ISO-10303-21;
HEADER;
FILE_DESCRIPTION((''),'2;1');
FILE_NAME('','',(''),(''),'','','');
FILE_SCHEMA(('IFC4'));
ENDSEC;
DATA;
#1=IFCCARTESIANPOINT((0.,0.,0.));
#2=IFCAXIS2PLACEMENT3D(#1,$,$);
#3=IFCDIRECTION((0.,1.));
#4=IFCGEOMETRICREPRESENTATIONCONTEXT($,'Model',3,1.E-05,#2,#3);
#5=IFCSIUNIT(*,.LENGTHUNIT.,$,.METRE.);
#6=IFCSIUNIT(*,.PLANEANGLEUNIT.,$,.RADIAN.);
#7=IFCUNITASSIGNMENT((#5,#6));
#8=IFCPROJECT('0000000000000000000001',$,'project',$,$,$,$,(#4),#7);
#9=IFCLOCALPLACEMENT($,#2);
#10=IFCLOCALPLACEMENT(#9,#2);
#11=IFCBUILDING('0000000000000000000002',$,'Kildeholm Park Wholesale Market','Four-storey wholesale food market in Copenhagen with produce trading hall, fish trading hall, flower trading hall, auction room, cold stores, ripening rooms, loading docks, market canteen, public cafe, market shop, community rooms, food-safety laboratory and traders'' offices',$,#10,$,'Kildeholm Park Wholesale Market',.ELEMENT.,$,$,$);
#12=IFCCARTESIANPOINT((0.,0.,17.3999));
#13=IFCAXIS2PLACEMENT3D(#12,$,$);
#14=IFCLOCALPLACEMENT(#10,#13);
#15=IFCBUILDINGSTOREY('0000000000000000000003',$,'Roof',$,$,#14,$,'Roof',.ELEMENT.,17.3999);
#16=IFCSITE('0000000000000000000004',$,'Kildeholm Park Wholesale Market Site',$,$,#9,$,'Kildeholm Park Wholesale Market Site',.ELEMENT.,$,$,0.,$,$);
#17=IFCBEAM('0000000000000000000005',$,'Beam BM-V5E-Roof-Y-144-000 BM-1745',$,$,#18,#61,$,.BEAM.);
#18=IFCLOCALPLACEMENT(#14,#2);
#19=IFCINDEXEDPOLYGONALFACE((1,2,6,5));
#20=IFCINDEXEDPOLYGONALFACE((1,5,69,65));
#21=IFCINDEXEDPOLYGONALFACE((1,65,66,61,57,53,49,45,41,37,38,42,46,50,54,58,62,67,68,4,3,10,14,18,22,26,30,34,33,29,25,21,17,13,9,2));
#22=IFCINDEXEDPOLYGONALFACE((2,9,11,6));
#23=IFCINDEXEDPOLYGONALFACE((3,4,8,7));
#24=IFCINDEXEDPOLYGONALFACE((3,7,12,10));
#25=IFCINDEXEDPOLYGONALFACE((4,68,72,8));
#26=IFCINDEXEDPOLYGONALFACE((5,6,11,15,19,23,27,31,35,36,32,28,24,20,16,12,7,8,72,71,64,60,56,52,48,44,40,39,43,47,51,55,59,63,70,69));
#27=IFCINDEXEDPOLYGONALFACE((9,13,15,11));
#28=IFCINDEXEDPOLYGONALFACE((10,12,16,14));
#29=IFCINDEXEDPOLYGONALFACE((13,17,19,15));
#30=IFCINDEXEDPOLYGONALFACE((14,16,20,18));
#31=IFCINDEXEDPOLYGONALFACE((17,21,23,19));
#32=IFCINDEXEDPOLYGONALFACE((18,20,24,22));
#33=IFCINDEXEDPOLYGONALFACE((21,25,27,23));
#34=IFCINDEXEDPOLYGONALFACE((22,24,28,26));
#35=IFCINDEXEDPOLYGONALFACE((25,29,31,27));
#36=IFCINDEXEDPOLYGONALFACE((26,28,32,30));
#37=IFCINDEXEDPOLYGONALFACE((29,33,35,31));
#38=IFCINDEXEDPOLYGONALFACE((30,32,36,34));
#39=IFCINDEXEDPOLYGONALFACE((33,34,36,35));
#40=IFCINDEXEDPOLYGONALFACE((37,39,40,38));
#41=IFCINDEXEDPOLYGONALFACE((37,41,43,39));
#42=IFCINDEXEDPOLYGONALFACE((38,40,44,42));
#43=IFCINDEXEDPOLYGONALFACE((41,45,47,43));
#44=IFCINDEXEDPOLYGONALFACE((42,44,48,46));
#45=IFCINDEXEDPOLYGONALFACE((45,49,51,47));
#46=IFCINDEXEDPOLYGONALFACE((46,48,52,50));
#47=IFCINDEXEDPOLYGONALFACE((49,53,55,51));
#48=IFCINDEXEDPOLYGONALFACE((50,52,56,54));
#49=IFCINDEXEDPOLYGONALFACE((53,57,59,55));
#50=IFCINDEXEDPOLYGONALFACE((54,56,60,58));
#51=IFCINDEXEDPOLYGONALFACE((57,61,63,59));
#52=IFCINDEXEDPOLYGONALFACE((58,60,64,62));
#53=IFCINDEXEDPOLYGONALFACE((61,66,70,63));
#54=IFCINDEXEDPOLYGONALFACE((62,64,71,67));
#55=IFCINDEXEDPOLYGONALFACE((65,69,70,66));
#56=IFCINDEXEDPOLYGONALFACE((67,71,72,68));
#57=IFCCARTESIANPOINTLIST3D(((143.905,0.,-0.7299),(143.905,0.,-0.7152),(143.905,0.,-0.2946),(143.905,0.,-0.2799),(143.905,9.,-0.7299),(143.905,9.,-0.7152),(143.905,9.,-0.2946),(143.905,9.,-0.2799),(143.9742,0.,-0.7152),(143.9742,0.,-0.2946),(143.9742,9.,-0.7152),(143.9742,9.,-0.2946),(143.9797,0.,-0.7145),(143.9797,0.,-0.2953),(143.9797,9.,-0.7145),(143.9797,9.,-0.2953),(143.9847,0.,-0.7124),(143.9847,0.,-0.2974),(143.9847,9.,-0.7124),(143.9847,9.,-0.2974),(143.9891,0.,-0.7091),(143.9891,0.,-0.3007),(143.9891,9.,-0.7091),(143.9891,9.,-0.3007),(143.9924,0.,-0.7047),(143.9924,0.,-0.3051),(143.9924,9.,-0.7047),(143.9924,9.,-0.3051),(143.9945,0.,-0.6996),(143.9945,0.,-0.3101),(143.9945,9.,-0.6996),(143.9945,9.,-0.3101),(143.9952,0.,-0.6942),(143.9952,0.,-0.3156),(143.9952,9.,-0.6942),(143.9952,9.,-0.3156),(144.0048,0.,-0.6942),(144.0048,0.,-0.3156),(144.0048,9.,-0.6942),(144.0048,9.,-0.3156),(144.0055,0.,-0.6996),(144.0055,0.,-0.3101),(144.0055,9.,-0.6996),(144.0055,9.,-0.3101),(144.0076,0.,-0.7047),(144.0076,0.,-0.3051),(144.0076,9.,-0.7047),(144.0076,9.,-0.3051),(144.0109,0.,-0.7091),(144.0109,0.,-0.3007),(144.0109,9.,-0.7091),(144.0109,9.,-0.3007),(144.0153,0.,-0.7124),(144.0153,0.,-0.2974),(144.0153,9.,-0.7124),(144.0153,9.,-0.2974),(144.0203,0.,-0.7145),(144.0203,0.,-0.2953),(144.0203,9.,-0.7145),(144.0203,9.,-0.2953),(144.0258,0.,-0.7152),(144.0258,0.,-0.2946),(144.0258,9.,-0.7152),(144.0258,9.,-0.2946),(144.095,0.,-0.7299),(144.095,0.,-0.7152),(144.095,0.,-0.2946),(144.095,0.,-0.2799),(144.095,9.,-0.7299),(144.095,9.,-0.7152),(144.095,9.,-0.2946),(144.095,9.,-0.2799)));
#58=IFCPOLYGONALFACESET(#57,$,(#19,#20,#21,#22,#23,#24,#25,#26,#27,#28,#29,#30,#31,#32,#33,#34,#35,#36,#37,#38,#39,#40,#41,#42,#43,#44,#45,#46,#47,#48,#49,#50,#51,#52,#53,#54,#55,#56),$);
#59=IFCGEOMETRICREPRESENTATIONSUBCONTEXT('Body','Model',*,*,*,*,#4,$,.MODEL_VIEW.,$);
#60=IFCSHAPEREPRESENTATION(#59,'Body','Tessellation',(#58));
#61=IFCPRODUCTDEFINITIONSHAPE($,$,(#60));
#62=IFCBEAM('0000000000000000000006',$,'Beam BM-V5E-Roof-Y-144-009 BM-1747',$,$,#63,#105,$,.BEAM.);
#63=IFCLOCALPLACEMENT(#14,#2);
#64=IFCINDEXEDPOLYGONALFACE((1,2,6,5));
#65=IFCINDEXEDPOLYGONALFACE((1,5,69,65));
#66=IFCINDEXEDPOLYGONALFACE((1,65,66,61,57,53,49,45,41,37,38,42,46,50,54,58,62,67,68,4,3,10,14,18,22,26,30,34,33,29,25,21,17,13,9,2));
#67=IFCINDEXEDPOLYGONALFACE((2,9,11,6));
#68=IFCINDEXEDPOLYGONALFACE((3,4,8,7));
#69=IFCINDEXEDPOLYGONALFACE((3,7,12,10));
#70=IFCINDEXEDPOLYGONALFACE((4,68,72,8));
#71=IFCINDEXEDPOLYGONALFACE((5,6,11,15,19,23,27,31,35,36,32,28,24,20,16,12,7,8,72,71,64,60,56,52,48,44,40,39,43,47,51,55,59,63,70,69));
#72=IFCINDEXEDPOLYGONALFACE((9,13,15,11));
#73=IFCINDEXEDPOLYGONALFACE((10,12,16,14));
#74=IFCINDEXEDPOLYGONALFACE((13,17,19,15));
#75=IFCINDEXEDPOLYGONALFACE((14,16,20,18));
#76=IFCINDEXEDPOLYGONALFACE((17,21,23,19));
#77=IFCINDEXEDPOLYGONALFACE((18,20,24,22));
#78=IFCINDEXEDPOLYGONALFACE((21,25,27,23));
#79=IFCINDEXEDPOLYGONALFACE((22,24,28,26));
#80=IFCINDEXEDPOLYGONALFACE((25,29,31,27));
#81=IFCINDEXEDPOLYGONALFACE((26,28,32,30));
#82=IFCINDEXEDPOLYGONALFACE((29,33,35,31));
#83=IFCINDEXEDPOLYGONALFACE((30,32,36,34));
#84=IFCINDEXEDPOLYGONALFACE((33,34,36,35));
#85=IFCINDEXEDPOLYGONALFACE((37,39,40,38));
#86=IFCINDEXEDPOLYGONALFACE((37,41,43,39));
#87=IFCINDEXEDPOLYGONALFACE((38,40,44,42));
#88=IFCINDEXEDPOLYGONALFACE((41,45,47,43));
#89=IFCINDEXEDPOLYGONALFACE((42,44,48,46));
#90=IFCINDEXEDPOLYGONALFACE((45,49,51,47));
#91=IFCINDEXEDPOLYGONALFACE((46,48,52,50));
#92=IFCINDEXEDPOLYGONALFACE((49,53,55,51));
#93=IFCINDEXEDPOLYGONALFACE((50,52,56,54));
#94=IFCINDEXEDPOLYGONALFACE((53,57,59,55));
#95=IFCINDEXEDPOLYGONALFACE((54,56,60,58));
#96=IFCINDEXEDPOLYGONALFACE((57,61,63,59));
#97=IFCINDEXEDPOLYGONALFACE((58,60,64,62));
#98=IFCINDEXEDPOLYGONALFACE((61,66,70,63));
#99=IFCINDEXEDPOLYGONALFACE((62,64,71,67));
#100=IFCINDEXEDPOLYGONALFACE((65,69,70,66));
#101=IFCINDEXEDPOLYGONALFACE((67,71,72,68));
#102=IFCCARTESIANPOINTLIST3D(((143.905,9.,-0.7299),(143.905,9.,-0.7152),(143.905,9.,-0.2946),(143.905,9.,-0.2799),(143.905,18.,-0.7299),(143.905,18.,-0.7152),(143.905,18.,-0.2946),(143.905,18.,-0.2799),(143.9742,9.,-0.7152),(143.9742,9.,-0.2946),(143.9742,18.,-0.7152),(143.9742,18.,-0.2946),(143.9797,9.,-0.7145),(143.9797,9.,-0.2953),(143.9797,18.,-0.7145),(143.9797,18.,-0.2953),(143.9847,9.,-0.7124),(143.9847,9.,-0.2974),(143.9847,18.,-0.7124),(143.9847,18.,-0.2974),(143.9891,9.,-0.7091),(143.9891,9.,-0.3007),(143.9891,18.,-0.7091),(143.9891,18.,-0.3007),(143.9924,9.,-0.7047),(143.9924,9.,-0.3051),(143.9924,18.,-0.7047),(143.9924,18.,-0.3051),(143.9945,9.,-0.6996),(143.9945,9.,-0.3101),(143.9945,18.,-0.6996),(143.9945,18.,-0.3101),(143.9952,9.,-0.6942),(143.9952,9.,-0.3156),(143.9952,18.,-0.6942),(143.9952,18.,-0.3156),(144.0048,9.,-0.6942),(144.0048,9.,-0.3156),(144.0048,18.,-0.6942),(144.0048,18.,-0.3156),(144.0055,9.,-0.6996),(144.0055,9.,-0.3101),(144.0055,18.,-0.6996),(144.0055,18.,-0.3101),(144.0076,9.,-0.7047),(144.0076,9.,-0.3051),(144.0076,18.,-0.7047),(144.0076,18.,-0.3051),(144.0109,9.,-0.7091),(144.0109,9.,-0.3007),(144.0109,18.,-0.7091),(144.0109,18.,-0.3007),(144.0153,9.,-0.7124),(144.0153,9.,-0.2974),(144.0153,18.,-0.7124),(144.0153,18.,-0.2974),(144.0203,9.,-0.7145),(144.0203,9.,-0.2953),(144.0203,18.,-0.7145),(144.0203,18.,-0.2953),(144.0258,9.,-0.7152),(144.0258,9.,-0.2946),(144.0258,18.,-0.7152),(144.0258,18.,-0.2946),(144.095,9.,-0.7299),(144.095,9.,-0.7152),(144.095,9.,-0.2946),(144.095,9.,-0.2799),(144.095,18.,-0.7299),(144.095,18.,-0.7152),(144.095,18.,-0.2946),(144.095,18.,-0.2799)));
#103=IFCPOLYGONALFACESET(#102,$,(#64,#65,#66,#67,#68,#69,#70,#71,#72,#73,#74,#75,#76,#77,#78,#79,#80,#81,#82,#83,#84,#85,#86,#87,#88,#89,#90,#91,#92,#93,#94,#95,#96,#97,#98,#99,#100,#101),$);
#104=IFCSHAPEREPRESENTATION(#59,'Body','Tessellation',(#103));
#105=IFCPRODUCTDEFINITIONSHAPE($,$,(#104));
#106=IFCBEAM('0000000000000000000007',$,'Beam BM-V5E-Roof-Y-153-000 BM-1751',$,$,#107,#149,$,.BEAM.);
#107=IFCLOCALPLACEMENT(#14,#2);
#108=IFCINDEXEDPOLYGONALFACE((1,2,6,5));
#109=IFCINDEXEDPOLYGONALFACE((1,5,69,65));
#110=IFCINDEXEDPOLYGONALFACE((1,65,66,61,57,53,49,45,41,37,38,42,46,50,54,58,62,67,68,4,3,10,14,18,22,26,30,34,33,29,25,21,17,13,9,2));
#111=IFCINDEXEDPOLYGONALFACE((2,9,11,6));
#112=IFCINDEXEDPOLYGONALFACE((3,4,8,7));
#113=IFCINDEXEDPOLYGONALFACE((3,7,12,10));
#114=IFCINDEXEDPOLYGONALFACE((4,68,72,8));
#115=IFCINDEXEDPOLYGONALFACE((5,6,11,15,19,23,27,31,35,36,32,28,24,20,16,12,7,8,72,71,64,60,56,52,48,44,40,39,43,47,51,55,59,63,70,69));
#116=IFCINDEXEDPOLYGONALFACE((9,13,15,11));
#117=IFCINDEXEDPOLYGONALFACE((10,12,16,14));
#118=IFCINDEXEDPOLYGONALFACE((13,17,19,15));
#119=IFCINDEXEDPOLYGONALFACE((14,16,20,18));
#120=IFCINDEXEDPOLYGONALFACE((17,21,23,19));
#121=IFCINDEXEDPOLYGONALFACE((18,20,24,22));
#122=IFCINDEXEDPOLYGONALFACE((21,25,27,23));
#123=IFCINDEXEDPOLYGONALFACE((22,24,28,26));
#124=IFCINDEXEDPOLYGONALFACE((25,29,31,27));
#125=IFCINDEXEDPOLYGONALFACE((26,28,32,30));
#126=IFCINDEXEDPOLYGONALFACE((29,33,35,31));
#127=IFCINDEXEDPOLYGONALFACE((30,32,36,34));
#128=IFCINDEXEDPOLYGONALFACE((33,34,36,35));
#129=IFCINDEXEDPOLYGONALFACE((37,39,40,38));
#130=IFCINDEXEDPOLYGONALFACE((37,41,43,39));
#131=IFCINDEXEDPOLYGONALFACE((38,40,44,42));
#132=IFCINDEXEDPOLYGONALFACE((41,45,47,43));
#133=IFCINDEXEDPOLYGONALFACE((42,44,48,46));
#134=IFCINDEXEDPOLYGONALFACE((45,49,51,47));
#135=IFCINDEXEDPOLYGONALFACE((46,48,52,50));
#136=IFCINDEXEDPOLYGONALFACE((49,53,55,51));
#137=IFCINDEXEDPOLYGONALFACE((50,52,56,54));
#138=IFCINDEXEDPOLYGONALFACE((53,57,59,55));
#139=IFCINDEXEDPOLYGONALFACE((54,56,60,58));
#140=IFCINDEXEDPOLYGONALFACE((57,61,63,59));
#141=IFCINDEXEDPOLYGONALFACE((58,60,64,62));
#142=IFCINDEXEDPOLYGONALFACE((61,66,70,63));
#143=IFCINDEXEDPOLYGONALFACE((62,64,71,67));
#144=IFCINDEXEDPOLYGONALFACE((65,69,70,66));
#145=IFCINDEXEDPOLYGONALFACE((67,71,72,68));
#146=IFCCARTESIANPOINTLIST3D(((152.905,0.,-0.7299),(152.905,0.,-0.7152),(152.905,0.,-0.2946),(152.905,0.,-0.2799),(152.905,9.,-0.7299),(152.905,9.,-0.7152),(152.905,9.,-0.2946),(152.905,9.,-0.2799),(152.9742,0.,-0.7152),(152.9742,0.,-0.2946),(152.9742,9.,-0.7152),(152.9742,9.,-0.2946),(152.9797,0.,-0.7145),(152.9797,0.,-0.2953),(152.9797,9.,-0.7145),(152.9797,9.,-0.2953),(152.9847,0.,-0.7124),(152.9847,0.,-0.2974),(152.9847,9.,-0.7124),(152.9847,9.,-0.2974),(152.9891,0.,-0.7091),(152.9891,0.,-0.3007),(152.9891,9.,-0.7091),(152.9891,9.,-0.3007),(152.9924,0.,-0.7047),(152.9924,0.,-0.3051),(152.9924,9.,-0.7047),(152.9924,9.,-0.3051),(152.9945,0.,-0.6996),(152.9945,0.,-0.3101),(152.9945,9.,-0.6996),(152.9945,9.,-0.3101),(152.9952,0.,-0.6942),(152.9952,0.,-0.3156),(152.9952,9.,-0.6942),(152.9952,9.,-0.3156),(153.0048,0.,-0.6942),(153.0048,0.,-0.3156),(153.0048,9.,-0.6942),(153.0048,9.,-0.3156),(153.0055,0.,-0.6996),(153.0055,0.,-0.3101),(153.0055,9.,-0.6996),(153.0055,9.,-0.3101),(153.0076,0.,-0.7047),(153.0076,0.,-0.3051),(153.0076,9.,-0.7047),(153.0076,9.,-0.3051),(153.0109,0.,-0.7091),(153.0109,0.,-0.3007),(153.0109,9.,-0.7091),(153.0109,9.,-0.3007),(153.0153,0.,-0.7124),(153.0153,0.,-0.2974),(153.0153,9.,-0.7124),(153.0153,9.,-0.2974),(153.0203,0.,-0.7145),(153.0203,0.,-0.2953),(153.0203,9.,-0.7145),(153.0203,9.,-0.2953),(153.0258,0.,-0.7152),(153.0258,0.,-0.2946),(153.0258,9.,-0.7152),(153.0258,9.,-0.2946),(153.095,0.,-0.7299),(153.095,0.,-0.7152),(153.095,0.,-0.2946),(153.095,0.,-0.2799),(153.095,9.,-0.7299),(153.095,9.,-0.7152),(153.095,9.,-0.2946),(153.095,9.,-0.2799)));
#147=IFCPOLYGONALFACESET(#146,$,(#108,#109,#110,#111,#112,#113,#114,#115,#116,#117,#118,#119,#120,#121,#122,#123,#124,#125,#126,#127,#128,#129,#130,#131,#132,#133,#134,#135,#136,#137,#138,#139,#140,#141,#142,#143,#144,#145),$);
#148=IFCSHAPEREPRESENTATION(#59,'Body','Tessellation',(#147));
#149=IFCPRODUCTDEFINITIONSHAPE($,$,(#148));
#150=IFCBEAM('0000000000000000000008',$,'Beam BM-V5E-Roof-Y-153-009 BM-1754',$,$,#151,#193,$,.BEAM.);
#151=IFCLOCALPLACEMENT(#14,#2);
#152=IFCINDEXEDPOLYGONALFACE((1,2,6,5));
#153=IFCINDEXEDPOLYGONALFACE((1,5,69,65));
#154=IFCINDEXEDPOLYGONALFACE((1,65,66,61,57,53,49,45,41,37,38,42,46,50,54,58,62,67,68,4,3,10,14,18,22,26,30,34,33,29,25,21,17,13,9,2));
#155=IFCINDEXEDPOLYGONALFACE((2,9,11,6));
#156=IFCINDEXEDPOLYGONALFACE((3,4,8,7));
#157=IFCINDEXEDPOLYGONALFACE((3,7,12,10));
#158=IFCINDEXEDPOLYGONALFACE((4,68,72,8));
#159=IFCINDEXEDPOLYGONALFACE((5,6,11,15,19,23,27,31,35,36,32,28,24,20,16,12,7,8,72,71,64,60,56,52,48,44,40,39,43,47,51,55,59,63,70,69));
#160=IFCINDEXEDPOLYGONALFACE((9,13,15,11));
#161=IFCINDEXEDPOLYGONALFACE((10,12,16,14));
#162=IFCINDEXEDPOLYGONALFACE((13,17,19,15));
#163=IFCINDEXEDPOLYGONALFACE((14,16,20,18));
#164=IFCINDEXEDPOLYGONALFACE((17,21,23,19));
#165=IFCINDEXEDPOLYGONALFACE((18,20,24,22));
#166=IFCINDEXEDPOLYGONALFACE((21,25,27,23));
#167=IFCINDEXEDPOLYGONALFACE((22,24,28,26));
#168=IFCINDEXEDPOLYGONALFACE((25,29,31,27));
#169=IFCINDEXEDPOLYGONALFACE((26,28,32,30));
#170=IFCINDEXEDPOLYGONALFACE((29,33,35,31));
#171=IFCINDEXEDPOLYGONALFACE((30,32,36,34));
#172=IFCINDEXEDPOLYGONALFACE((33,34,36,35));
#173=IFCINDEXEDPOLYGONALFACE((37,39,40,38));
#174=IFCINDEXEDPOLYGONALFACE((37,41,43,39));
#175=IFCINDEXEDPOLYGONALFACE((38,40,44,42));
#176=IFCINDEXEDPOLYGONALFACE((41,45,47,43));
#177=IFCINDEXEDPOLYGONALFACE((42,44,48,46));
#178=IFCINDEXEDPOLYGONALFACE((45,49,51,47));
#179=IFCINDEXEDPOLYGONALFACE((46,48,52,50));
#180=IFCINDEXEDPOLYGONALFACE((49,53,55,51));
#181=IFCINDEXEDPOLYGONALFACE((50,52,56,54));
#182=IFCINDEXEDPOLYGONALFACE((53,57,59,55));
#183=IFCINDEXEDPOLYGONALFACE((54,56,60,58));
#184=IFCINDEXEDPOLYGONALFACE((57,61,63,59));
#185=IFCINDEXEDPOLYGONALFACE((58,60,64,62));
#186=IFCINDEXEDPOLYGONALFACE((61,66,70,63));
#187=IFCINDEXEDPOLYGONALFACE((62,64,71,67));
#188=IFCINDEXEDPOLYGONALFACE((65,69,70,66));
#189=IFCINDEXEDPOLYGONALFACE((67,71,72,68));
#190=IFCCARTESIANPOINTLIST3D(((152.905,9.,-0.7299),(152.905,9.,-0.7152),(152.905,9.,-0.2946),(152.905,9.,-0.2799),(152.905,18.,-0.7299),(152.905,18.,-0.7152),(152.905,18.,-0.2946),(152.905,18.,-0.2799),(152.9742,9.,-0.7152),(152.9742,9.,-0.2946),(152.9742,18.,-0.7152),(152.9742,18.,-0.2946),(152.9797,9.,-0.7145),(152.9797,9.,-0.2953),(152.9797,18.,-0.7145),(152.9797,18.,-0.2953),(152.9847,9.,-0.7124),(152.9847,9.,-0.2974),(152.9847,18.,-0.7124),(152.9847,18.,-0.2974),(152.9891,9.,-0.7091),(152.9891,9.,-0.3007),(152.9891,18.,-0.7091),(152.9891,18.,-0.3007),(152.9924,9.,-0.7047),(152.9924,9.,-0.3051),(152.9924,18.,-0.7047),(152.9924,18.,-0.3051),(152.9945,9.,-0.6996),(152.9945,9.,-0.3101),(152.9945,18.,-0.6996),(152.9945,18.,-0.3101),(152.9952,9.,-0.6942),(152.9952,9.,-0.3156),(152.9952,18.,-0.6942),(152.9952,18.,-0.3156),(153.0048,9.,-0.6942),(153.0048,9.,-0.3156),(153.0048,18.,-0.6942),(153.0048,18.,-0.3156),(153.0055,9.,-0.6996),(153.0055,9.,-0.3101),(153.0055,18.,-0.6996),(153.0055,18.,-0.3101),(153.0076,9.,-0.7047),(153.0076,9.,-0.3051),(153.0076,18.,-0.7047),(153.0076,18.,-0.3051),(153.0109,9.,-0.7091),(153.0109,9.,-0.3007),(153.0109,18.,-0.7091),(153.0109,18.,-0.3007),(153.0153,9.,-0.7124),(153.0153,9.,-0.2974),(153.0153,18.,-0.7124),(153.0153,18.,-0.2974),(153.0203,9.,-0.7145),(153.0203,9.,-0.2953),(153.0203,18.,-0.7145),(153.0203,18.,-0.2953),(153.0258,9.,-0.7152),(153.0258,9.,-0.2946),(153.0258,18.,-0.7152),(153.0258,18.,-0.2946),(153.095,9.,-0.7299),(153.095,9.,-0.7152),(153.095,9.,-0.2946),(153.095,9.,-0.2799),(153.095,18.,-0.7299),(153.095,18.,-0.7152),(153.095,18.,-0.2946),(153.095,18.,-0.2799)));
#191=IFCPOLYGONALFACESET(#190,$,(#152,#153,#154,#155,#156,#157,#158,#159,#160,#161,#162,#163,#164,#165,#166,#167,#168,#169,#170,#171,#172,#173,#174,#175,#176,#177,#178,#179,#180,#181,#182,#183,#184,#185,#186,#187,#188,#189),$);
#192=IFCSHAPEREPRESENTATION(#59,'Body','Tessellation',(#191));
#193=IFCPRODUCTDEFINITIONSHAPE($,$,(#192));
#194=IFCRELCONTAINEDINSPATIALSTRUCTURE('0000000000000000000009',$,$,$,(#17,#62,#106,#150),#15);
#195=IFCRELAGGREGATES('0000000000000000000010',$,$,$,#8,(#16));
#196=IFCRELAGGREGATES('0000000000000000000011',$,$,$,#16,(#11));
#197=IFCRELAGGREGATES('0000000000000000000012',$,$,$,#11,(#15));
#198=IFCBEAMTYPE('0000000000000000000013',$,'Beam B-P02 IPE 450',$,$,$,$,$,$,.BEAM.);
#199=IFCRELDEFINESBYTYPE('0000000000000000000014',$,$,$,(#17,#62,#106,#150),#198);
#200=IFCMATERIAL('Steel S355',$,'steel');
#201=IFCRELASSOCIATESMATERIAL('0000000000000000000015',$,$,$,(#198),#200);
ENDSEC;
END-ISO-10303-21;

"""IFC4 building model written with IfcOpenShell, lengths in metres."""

from ifc_helpers import new_model, si_unit, direction, frame, origin, origin_2d, place, context, subcontext, project, spatial, i_section, extrude, material, material_profile, profile_set, type_object, element, save


model = new_model("IFC4")

# Units and contexts
model_context = context("Model", 3, precision=1e-05, world=origin(), true_north=direction((0.0, 1.0)))
body_context = subcontext(model_context, "Body", "Model", "MODEL_VIEW")
ifc_project = project(units=[si_unit("LENGTHUNIT", "METRE"), si_unit("PLANEANGLEUNIT", "RADIAN")], contexts=[model_context])

# Site, building, storey
site_placement = place(None, origin())
site = spatial("IfcSite", under=ifc_project, at=site_placement, Name="Kildeholm Park Wholesale Market Site", LongName="Kildeholm Park Wholesale Market Site", CompositionType="ELEMENT", RefElevation=0.0)
building_placement = place(site_placement, origin())
building = spatial("IfcBuilding", under=site, at=building_placement, Name="Kildeholm Park Wholesale Market", Description="Four-storey wholesale food market in Copenhagen with produce trading hall, fish trading hall, flower trading hall, auction room, cold stores, ripening rooms, loading docks, market canteen, public cafe, market shop, community rooms, food-safety laboratory and traders' offices", LongName="Kildeholm Park Wholesale Market", CompositionType="ELEMENT")
storey_placement = place(building_placement, frame((0.0, 0.0, 17.3999)))
storey = spatial("IfcBuildingStorey", under=building, at=storey_placement, Name="Roof", LongName="Roof", CompositionType="ELEMENT", Elevation=17.3999)

# Beams
ifc_material = material(Name="Steel S355", Category="steel")
ifc_material_profile_1 = material_profile(ifc_material, i_section(OverallWidth=0.1899, OverallDepth=0.45, WebThickness=0.0095, FlangeThickness=0.0146, FilletRadius=0.021, at=origin_2d()), Name="IPE 450")
ifc_profile_set_1 = profile_set([ifc_material_profile_1], Name="Steel S355")
beam_type_1 = type_object("IfcBeamType", Name="Beam B-P02 IPE 450", PredefinedType="BEAM", material=ifc_profile_set_1)
for number, where, z_axis, x_axis, name in (
    (1, (144.0, 0.0, -0.5049), (0.0, 1.0, 0.0), (-1.0, 0.0, 0.0), "Beam BM-V5E-Roof-Y-144-000 BM-1745"),
    (2, (144.0, 9.0, -0.5049), (0.0, 1.0, 0.0), (-1.0, 0.0, 0.0), "Beam BM-V5E-Roof-Y-144-009 BM-1747"),
    (3, (153.0, 0.0, -0.5049), (0.0, 1.0, 0.0), (-1.0, 0.0, 0.0), "Beam BM-V5E-Roof-Y-153-000 BM-1751"),
    (4, (153.0, 9.0, -0.5049), (0.0, 1.0, 0.0), (-1.0, 0.0, 0.0), "Beam BM-V5E-Roof-Y-153-009 BM-1754"),
):
    element("IfcBeam", number, at=place(storey_placement, frame(where, z_axis=z_axis, x_axis=x_axis)), inside=storey, type_object=beam_type_1, Name=name, PredefinedType="BEAM", context=body_context, shape_type="SweptSolid", body=[
        extrude(i_section(OverallWidth=0.1899, OverallDepth=0.45, WebThickness=0.0095, FlangeThickness=0.0146, FilletRadius=0.021, at=origin_2d()), origin(), (0.0, 0.0, 1.0), 9.0),
    ])

save(model, "model.ifc")
